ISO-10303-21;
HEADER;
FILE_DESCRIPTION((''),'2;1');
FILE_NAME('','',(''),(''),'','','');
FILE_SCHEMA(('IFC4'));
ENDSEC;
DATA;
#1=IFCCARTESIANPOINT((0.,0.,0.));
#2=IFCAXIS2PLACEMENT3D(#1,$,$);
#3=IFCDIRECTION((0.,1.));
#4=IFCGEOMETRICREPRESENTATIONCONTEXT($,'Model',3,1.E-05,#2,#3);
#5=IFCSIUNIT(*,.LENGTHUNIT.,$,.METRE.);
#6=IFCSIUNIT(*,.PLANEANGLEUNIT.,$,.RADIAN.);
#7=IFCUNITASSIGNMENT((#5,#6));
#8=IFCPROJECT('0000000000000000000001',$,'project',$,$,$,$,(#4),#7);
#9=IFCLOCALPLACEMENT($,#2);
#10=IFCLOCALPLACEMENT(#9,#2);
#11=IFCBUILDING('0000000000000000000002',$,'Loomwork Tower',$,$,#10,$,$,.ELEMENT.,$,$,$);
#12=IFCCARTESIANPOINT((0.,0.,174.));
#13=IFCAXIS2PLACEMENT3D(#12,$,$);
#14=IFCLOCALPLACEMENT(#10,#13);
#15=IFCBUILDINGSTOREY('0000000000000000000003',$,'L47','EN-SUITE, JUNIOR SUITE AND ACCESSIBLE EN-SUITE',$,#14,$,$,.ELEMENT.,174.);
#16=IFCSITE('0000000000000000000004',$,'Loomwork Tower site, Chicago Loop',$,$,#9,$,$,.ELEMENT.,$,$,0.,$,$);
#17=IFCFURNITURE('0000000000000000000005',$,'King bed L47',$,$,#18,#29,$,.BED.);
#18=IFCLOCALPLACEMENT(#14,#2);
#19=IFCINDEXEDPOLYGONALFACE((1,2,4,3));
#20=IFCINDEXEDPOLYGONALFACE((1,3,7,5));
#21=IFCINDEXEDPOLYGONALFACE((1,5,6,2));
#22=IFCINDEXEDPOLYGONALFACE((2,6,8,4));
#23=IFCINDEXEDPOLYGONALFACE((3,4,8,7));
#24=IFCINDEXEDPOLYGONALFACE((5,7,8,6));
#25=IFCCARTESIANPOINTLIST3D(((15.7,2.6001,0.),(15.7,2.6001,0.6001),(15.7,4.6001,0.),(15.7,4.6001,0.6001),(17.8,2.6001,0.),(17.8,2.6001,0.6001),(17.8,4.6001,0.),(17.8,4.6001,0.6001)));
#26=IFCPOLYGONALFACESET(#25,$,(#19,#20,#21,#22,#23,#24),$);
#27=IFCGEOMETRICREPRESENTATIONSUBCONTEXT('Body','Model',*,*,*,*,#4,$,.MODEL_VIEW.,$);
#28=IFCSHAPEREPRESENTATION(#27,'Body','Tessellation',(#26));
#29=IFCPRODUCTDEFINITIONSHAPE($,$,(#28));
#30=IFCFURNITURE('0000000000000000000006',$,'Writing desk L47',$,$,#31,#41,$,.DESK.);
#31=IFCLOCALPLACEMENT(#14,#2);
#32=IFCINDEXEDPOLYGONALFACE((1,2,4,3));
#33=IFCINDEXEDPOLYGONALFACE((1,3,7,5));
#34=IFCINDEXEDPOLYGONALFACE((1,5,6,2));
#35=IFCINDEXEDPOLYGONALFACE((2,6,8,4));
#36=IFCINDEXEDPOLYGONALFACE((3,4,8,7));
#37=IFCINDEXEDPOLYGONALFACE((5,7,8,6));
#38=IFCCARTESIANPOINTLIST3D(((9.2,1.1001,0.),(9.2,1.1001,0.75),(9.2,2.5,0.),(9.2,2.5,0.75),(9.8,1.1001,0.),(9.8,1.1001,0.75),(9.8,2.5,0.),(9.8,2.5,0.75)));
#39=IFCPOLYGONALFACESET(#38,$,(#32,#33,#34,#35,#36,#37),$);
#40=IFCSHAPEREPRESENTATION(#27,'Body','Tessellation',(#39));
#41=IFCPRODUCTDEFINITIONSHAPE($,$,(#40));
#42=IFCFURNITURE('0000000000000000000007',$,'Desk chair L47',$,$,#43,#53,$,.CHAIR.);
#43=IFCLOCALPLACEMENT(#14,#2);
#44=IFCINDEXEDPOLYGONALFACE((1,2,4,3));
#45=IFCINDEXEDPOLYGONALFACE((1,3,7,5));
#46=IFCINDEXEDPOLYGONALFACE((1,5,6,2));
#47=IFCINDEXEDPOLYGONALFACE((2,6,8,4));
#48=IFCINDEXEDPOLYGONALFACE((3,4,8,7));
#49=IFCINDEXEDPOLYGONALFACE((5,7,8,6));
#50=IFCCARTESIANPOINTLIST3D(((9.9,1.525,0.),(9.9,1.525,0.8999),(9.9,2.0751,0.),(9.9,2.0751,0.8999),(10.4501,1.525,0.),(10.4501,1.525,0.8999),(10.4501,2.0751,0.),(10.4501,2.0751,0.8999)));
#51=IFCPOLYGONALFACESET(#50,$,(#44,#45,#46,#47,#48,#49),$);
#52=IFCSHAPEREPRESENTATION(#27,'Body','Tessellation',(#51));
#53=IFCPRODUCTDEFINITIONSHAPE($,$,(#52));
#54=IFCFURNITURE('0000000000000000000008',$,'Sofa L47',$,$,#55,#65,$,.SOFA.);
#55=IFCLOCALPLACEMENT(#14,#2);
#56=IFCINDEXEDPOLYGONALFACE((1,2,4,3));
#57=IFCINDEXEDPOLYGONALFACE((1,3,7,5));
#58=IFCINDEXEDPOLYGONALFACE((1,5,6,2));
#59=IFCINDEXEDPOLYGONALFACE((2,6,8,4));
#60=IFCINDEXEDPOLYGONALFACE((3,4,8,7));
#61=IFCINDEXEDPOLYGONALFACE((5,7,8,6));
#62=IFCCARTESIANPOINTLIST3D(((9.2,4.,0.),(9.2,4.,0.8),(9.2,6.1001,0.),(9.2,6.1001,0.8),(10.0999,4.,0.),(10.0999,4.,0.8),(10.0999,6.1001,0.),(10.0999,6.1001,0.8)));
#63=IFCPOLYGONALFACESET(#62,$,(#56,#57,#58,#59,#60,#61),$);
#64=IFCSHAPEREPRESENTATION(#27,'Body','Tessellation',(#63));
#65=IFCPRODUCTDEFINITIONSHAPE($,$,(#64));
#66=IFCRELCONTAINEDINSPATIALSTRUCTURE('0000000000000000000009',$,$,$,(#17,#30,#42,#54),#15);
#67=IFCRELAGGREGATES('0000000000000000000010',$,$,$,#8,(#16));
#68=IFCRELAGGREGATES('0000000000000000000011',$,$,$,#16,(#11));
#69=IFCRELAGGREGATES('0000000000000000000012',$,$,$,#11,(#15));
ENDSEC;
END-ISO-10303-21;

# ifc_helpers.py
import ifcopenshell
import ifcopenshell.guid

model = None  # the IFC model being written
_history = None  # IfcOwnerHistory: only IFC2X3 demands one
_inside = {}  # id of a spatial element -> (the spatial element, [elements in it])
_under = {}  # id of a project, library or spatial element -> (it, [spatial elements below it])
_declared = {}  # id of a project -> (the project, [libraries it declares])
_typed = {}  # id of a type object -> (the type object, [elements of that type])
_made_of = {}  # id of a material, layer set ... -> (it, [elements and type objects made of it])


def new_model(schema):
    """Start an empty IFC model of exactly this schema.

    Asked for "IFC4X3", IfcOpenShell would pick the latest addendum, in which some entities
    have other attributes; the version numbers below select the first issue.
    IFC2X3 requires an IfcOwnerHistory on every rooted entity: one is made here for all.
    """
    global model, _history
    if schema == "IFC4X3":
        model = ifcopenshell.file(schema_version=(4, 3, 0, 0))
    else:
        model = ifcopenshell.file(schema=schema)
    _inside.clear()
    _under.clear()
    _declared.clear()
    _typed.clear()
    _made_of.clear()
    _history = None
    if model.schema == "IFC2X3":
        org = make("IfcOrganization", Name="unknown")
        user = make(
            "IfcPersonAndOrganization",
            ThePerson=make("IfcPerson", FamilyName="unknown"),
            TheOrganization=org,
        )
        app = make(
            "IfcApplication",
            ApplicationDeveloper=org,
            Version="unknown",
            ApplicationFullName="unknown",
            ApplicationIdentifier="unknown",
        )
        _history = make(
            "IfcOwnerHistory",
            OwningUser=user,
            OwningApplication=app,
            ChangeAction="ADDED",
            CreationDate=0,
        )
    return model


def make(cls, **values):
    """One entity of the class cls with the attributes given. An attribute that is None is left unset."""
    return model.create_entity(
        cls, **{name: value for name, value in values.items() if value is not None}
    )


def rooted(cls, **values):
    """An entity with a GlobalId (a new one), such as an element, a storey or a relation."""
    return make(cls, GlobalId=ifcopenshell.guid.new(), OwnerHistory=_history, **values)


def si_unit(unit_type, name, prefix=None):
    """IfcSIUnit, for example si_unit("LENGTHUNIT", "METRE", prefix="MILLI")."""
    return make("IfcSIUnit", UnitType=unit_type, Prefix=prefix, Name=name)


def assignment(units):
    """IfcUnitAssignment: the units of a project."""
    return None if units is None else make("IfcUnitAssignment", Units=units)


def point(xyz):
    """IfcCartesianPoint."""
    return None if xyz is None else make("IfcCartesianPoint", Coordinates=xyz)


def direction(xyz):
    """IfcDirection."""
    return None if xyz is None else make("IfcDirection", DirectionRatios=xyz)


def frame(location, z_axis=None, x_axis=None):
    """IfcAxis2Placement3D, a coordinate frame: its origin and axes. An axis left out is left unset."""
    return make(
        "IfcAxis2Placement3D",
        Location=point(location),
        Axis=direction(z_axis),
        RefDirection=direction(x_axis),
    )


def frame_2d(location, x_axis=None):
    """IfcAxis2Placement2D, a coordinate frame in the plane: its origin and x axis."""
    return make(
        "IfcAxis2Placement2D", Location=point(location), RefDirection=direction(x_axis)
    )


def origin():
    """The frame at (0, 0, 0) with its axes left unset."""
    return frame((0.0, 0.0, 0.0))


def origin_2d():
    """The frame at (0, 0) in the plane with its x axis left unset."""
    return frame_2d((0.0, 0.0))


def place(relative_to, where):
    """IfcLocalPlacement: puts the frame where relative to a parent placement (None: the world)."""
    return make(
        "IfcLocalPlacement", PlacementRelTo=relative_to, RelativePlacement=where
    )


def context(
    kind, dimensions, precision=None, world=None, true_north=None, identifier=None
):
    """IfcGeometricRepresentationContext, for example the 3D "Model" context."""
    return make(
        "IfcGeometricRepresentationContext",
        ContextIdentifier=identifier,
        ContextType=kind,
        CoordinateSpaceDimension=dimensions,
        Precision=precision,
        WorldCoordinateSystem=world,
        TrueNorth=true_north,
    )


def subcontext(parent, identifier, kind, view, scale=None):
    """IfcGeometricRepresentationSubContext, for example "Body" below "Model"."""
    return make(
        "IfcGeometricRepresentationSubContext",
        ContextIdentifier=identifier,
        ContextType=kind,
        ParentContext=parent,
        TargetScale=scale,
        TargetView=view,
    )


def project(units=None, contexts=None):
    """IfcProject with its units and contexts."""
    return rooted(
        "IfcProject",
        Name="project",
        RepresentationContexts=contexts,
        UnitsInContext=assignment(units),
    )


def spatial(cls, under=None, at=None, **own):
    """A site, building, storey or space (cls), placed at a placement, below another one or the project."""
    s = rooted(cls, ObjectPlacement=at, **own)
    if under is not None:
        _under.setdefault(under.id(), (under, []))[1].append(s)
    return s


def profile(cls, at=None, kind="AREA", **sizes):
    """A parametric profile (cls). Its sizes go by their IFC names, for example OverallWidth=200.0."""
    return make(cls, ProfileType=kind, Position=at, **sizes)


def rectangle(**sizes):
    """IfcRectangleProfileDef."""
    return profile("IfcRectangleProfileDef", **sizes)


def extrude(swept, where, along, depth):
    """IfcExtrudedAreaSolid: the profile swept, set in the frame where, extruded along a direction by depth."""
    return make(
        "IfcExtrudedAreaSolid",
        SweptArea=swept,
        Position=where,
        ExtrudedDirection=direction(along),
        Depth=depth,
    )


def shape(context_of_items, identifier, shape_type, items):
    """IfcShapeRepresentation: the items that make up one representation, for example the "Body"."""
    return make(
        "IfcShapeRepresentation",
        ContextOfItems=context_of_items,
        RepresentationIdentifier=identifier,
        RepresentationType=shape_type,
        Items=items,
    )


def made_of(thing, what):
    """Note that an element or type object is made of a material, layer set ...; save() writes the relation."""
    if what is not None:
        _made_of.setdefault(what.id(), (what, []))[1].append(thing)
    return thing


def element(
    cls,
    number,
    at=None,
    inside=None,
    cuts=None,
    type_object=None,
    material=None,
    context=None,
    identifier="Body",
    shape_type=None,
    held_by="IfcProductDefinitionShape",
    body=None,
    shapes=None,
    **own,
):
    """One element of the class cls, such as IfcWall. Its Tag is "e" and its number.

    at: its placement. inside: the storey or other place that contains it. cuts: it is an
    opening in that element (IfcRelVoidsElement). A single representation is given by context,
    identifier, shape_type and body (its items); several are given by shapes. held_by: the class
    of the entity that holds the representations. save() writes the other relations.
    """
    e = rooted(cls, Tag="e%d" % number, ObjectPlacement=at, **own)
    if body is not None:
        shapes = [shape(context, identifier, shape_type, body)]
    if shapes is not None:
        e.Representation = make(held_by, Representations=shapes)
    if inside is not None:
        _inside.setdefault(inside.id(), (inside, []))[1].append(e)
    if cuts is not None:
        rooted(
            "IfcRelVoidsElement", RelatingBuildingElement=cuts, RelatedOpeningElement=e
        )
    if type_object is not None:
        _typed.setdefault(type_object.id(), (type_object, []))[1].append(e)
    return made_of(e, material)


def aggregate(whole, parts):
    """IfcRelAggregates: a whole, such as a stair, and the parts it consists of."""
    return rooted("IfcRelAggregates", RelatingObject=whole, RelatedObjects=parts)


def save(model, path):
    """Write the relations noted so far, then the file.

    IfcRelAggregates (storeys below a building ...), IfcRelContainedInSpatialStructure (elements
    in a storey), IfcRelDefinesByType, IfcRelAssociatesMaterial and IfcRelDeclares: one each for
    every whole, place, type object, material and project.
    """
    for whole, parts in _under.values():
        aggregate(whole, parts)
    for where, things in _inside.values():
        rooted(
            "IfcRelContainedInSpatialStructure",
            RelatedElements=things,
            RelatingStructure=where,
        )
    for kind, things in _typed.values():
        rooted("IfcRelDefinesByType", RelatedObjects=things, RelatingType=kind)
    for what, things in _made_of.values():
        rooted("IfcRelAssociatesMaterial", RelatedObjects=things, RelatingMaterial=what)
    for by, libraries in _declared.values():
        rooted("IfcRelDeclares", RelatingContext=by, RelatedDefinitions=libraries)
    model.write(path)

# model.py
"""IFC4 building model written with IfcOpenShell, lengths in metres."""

from ifc_helpers import new_model, si_unit, direction, frame, origin, origin_2d, place, context, subcontext, project, spatial, rectangle, extrude, element, save


model = new_model("IFC4")

# Units and contexts
model_context = context("Model", 3, precision=1e-05, world=origin(), true_north=direction((0.0, 1.0)))
body_context = subcontext(model_context, "Body", "Model", "MODEL_VIEW")
ifc_project = project(units=[si_unit("LENGTHUNIT", "METRE"), si_unit("PLANEANGLEUNIT", "RADIAN")], contexts=[model_context])

# Site, building, storey
site_placement = place(None, origin())
site = spatial("IfcSite", under=ifc_project, at=site_placement, Name="Loomwork Tower site, Chicago Loop", CompositionType="ELEMENT", RefElevation=0.0)
building_placement = place(site_placement, origin())
building = spatial("IfcBuilding", under=site, at=building_placement, Name="Loomwork Tower", CompositionType="ELEMENT")
storey_placement = place(building_placement, frame((0.0, 0.0, 174.0)))
storey = spatial("IfcBuildingStorey", under=building, at=storey_placement, Name="L47", Description="EN-SUITE, JUNIOR SUITE AND ACCESSIBLE EN-SUITE", CompositionType="ELEMENT", Elevation=174.0)

# Furniture
furniture_1_placement = place(storey_placement, frame((16.75, 3.6001, 0.0), z_axis=(0.0, 0.0, 1.0), x_axis=(1.0, 0.0, 0.0)))
element("IfcFurniture", 1, at=furniture_1_placement, inside=storey, Name="King bed L47", PredefinedType="BED", context=body_context, shape_type="SweptSolid", body=[
    extrude(rectangle(XDim=2.1001, YDim=2.0, at=origin_2d()), origin(), (0.0, 0.0, 1.0), 0.6001),
])
furniture_2_placement = place(storey_placement, frame((9.5, 1.8, 0.0), z_axis=(0.0, 0.0, 1.0), x_axis=(1.0, 0.0, 0.0)))
element("IfcFurniture", 2, at=furniture_2_placement, inside=storey, Name="Writing desk L47", PredefinedType="DESK", context=body_context, shape_type="SweptSolid", body=[
    extrude(rectangle(XDim=0.6001, YDim=1.3999, at=origin_2d()), origin(), (0.0, 0.0, 1.0), 0.75),
])
furniture_3_placement = place(storey_placement, frame((10.175, 1.8, 0.0), z_axis=(0.0, 0.0, 1.0), x_axis=(1.0, 0.0, 0.0)))
element("IfcFurniture", 3, at=furniture_3_placement, inside=storey, Name="Desk chair L47", PredefinedType="CHAIR", context=body_context, shape_type="SweptSolid", body=[
    extrude(rectangle(XDim=0.55, YDim=0.55, at=origin_2d()), origin(), (0.0, 0.0, 1.0), 0.8999),
])
furniture_4_placement = place(storey_placement, frame((9.6499, 5.05, 0.0), z_axis=(0.0, 0.0, 1.0), x_axis=(1.0, 0.0, 0.0)))
element("IfcFurniture", 4, at=furniture_4_placement, inside=storey, Name="Sofa L47", PredefinedType="SOFA", context=body_context, shape_type="SweptSolid", body=[
    extrude(rectangle(XDim=0.8999, YDim=2.1001, at=origin_2d()), origin(), (0.0, 0.0, 1.0), 0.8),
])

save(model, "model.ifc")
